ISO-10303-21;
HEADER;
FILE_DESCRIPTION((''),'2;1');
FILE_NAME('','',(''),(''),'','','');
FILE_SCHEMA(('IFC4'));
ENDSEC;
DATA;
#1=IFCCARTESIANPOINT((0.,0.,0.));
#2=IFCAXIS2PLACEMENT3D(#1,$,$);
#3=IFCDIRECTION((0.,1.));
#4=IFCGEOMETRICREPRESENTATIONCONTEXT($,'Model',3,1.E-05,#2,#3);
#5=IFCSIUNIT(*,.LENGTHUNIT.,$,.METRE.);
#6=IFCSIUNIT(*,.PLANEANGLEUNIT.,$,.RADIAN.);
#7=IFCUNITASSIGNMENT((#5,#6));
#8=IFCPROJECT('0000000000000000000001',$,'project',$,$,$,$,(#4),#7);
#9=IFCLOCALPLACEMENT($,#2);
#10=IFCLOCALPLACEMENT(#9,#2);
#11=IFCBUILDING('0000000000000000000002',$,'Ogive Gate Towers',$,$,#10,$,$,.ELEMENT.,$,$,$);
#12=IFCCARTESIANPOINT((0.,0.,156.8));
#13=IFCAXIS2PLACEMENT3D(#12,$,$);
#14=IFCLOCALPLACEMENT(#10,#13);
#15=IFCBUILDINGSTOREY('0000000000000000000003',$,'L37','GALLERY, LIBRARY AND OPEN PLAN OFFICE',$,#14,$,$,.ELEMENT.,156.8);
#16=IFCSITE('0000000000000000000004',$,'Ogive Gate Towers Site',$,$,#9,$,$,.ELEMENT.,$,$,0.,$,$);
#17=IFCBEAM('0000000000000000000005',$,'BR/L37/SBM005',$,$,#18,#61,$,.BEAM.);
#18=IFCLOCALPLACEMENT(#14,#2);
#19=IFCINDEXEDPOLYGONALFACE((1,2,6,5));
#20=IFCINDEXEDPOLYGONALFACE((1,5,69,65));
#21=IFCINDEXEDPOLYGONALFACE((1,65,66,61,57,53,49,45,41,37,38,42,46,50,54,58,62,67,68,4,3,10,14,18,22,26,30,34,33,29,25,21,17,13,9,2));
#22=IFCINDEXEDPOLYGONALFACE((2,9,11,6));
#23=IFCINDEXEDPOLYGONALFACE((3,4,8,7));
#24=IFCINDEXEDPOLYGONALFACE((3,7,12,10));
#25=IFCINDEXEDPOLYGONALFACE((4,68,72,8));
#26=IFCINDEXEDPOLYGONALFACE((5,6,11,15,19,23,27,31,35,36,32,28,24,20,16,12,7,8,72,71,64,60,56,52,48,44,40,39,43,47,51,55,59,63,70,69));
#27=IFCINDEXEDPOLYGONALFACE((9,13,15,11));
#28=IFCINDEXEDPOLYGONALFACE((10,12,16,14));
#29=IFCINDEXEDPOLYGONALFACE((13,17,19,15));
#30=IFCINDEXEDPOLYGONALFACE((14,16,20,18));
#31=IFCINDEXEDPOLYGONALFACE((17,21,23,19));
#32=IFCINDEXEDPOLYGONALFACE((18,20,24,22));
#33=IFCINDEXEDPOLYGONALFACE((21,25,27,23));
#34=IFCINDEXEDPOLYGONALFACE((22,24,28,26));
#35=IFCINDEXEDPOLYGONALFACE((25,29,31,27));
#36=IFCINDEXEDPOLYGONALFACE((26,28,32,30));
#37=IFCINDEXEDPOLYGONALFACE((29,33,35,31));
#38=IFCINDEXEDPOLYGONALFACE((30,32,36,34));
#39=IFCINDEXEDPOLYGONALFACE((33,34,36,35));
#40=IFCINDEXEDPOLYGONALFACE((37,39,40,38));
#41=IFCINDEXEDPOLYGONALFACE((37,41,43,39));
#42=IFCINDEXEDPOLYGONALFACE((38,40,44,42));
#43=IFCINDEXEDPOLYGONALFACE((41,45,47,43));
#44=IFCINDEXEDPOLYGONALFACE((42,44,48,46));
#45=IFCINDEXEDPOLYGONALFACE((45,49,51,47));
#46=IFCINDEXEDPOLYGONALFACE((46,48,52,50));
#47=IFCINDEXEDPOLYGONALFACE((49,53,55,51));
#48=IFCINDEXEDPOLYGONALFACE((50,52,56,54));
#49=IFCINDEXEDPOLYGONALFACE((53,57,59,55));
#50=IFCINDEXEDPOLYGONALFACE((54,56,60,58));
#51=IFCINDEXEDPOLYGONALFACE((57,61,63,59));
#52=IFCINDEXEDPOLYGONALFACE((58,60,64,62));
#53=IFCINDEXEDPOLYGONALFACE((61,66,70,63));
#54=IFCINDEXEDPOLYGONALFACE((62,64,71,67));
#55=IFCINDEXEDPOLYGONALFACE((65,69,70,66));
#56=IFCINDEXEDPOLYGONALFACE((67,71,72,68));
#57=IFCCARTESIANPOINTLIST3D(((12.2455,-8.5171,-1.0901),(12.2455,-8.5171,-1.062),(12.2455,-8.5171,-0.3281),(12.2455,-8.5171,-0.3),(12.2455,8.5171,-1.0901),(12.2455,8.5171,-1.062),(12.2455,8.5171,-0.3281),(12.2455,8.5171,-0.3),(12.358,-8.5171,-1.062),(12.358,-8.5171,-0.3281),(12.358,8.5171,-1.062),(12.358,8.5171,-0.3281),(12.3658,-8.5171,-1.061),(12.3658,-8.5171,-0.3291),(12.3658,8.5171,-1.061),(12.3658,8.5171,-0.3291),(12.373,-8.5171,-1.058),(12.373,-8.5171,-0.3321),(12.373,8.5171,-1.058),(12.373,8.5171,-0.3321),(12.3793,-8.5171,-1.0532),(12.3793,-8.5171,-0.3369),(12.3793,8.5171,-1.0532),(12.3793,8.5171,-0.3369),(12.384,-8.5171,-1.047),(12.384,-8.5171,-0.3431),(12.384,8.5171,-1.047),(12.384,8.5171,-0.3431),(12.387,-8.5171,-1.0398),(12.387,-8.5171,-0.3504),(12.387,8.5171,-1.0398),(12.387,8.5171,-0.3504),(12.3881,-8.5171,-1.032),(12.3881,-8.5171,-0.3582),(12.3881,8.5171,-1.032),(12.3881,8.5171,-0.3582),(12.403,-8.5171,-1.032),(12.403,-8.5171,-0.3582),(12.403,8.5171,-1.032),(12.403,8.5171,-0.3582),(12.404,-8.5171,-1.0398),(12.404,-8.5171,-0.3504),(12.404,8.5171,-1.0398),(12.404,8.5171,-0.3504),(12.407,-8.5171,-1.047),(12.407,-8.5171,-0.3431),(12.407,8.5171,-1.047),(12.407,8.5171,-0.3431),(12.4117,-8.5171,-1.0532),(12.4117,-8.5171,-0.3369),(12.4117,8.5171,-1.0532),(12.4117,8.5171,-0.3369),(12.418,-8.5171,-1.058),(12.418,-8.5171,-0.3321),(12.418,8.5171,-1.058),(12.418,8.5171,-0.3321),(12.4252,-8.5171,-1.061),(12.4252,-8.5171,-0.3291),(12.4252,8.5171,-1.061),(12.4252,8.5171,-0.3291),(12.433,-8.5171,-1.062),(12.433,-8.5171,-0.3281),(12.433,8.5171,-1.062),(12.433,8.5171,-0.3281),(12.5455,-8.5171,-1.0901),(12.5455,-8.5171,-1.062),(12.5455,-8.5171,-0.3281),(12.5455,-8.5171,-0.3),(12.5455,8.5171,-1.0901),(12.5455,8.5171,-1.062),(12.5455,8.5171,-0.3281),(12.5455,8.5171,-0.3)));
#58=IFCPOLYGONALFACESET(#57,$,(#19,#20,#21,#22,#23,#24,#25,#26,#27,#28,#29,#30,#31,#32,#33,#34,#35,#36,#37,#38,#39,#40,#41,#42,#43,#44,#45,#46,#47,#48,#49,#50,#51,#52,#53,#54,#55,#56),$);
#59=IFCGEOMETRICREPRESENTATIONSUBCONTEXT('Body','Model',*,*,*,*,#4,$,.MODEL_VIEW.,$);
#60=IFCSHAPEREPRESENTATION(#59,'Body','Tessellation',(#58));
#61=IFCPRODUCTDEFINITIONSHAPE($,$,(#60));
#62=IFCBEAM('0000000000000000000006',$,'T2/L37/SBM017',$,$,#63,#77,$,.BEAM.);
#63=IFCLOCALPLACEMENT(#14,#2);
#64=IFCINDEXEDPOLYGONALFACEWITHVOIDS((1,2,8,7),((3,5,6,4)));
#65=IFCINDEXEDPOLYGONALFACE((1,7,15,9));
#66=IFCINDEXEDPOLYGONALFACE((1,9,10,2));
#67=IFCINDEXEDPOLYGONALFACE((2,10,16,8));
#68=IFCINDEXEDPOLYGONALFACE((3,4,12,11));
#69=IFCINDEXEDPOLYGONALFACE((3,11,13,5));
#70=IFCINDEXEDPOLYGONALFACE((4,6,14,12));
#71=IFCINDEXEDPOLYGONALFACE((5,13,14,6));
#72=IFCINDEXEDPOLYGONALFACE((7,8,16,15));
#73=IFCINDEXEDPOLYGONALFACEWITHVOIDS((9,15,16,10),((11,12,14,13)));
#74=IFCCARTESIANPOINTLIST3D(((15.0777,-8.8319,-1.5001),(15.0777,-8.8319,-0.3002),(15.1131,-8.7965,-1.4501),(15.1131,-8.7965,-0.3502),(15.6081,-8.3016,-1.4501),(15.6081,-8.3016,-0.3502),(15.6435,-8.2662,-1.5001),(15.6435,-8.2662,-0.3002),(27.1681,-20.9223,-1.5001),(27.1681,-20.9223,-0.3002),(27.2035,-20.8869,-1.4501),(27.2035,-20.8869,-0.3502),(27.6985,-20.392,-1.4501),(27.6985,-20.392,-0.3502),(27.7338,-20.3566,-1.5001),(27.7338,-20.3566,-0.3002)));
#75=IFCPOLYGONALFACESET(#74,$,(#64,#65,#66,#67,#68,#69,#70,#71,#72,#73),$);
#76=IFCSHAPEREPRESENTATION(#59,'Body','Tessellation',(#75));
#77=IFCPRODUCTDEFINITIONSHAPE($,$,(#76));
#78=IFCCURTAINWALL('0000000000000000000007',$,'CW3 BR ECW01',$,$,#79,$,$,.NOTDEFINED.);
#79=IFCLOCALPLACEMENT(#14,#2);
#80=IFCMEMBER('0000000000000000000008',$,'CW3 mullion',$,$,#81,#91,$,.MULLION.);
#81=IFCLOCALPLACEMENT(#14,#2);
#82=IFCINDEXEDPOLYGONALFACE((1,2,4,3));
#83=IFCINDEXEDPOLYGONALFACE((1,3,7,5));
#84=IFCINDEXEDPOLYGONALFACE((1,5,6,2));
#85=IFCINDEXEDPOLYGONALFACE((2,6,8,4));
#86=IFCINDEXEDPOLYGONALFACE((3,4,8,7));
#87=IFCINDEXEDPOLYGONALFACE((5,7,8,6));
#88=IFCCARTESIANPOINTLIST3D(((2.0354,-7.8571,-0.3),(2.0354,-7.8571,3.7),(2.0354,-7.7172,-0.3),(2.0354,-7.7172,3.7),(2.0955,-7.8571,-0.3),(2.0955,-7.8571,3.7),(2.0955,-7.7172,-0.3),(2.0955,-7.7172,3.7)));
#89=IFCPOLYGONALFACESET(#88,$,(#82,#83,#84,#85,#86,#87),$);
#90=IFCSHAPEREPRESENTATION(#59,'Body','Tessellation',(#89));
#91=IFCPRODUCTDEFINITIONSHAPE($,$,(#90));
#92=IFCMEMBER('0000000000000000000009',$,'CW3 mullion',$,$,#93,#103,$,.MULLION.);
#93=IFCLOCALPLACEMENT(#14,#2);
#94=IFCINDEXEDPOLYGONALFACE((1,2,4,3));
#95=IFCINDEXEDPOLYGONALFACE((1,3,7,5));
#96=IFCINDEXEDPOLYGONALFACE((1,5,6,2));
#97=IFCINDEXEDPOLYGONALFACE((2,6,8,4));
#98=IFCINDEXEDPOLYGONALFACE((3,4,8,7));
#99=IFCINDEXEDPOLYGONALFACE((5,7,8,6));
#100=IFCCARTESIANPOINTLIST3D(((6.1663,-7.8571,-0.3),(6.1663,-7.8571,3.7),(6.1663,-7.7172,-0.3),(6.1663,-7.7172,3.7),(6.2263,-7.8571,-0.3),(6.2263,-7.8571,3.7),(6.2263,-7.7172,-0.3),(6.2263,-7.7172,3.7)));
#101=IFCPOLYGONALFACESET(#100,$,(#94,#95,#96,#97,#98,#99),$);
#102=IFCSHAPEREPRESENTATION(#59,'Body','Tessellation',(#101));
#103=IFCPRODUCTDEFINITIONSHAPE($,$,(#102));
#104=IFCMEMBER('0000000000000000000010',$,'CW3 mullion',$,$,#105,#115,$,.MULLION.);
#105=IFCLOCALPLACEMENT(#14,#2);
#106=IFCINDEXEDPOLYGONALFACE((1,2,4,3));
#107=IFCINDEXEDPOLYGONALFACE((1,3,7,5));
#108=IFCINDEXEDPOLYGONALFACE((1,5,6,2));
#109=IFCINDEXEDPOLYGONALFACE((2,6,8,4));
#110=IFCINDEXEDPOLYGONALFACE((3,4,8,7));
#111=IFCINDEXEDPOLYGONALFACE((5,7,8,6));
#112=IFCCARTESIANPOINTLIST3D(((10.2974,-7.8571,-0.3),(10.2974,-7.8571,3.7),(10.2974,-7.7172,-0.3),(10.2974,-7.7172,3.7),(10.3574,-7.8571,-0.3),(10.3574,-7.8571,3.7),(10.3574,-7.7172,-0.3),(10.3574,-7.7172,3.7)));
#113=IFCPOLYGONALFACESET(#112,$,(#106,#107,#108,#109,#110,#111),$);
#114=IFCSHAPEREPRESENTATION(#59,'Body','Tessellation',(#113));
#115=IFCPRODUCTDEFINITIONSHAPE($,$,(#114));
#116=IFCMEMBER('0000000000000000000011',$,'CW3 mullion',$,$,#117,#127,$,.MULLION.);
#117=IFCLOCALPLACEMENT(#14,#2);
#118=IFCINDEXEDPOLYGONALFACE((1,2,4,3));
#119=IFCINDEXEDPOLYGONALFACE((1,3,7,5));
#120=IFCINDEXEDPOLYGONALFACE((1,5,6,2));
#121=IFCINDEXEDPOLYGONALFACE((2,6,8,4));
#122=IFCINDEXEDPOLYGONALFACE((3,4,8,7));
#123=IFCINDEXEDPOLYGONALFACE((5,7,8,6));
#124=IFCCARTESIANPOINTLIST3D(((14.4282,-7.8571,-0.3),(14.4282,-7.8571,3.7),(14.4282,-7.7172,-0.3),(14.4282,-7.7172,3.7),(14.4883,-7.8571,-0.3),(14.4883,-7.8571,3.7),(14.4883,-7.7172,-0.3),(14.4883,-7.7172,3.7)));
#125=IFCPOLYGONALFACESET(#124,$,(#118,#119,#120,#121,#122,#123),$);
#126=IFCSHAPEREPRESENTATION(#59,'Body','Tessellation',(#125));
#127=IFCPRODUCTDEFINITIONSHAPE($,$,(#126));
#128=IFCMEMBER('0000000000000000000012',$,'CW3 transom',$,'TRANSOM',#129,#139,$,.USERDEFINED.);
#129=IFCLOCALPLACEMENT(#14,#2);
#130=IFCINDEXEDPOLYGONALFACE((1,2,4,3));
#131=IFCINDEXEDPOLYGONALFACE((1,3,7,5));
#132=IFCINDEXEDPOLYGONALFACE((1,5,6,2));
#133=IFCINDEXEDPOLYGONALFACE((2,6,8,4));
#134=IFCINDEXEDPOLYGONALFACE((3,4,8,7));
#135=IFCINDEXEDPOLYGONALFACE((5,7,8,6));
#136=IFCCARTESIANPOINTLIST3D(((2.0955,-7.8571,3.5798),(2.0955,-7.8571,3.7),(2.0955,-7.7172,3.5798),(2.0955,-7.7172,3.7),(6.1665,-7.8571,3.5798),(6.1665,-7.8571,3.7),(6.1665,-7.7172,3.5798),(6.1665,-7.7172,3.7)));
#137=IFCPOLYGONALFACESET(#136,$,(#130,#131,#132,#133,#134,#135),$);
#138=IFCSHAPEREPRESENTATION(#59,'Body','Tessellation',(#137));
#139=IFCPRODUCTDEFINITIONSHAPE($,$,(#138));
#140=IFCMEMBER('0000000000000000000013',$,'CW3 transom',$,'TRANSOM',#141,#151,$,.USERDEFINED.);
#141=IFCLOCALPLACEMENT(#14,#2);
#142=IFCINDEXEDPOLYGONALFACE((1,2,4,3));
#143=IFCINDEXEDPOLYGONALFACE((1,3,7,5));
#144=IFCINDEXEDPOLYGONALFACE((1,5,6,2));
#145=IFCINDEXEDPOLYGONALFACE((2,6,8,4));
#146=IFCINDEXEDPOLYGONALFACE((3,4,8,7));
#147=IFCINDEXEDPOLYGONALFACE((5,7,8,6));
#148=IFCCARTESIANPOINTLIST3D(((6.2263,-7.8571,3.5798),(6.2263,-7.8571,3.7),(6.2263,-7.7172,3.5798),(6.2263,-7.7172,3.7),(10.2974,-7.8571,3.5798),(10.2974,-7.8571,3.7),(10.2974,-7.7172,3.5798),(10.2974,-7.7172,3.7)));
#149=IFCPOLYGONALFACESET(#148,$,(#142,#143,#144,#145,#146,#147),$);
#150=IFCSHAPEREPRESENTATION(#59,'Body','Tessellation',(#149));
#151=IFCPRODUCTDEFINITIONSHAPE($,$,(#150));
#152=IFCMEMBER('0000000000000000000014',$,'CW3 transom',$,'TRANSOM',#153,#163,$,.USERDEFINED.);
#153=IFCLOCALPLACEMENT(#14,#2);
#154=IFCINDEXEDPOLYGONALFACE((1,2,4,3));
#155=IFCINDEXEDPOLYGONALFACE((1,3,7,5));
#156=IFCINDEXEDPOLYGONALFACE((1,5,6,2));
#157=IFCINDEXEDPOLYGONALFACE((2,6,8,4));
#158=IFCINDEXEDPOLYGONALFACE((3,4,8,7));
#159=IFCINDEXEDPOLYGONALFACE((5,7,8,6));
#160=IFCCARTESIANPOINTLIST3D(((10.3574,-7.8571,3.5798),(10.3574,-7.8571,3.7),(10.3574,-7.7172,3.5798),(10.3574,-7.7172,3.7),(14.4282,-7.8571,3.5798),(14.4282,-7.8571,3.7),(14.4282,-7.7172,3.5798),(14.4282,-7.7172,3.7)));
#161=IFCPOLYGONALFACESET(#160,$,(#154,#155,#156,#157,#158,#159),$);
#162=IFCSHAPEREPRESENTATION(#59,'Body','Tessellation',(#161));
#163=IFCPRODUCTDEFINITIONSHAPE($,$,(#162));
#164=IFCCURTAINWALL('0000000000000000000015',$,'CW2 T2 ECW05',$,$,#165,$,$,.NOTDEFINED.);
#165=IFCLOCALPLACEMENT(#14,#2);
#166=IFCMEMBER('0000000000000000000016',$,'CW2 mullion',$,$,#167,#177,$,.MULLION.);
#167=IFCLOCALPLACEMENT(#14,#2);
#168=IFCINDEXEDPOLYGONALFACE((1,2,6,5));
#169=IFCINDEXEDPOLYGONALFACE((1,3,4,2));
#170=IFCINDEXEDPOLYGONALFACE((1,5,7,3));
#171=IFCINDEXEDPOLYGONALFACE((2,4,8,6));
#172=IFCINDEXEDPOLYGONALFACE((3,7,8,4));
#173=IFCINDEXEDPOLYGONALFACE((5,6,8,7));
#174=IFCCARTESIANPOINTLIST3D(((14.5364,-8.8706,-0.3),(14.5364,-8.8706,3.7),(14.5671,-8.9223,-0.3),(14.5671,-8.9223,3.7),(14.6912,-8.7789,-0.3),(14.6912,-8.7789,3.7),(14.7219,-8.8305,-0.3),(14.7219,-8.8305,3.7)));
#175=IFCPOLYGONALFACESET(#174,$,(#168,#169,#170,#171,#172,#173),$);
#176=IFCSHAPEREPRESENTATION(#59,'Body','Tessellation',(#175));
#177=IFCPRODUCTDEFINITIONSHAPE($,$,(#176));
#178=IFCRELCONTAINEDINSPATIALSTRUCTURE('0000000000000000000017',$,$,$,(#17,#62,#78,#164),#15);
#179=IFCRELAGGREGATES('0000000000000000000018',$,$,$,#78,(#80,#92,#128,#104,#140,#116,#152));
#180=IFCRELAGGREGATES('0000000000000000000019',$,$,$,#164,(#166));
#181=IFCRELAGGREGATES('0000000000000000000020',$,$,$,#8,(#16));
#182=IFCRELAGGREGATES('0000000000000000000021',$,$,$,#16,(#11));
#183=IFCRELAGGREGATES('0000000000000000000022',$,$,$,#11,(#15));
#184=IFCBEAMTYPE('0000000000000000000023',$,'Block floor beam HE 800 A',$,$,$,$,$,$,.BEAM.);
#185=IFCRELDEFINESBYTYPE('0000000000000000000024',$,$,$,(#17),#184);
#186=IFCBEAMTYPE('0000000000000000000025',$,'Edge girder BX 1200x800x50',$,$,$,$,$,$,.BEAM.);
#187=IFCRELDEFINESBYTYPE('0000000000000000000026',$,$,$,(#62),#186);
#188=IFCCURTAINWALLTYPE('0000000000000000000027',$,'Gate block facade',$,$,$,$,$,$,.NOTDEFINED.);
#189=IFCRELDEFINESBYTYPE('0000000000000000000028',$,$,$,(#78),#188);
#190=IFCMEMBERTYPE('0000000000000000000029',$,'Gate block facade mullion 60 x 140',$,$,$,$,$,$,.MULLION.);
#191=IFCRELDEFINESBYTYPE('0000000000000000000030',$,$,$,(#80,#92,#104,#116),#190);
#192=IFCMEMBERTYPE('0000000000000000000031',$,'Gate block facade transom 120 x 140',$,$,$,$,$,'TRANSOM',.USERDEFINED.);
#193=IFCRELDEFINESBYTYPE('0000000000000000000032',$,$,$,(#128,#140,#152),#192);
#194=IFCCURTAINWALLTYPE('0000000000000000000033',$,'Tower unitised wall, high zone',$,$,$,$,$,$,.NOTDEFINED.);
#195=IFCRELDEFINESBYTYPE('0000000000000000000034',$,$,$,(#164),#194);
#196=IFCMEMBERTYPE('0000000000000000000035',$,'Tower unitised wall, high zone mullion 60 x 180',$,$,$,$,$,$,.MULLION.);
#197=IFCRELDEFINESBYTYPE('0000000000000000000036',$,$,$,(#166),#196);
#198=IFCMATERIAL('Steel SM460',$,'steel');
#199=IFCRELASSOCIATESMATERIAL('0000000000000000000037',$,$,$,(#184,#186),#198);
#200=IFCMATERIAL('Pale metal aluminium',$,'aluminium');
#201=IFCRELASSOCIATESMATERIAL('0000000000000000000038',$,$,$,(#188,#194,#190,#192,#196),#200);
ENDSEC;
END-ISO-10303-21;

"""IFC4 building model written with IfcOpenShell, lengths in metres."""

from ifc_helpers import new_model, si_unit, direction, frame, origin, origin_2d, place, context, subcontext, project, spatial, rectangle, hollow_rectangle, i_section, extrude, material, material_profile, profile_set, type_object, element, aggregate, save


model = new_model("IFC4")

# Units and contexts
model_context = context("Model", 3, precision=1e-05, world=origin(), true_north=direction((0.0, 1.0)))
body_context = subcontext(model_context, "Body", "Model", "MODEL_VIEW")
ifc_project = project(units=[si_unit("LENGTHUNIT", "METRE"), si_unit("PLANEANGLEUNIT", "RADIAN")], contexts=[model_context])

# Site, building, storey
site_placement = place(None, origin())
site = spatial("IfcSite", under=ifc_project, at=site_placement, Name="Ogive Gate Towers Site", CompositionType="ELEMENT", RefElevation=0.0)
building_placement = place(site_placement, origin())
building = spatial("IfcBuilding", under=site, at=building_placement, Name="Ogive Gate Towers", CompositionType="ELEMENT")
storey_placement = place(building_placement, frame((0.0, 0.0, 156.8)))
storey = spatial("IfcBuildingStorey", under=building, at=storey_placement, Name="L37", Description="GALLERY, LIBRARY AND OPEN PLAN OFFICE", CompositionType="ELEMENT", Elevation=156.8)

# Shared definitions
ifc_material_1 = material(Name="Steel SM460", Category="steel")

# Beams
ifc_material_profile_1 = material_profile(ifc_material_1, i_section(OverallWidth=0.3, OverallDepth=0.79, WebThickness=0.0149, FlangeThickness=0.0281, FilletRadius=0.03, at=origin_2d()), Name="HE 800 A")
ifc_profile_set_1 = profile_set([ifc_material_profile_1], Name="Steel SM460")
beam_type_1 = type_object("IfcBeamType", Name="Block floor beam HE 800 A", PredefinedType="BEAM", material=ifc_profile_set_1)
for number, where, z_axis, x_axis, name in (
    (1, (12.3955, -8.5171, -0.6951), (0.0, 1.0, 0.0), (-1.0, 0.0, 0.0), "BR/L37/SBM005"),
):
    element("IfcBeam", number, at=place(storey_placement, frame(where, z_axis=z_axis, x_axis=x_axis)), inside=storey, type_object=beam_type_1, Name=name, PredefinedType="BEAM", context=body_context, shape_type="SweptSolid", body=[
        extrude(i_section(OverallWidth=0.3, OverallDepth=0.79, WebThickness=0.0149, FlangeThickness=0.0281, FilletRadius=0.03, at=origin_2d()), origin(), (0.0, 0.0, 1.0), 17.0342),
    ])
ifc_material_profile_2 = material_profile(ifc_material_1, hollow_rectangle(XDim=0.8, YDim=1.2, WallThickness=0.05, at=origin_2d()), Name="BX 1200x800x50")
ifc_profile_set_2 = profile_set([ifc_material_profile_2], Name="Steel SM460")
beam_type_2 = type_object("IfcBeamType", Name="Edge girder BX 1200x800x50", PredefinedType="BEAM", material=ifc_profile_set_2)
beam_placement = place(storey_placement, frame((15.3606, -8.5491, -0.9001), z_axis=(0.707107, -0.707107, 0.0), x_axis=(0.707107, 0.707107, 0.0)))
element("IfcBeam", 2, at=beam_placement, inside=storey, type_object=beam_type_2, Name="T2/L37/SBM017", PredefinedType="BEAM", context=body_context, shape_type="SweptSolid", body=[
    extrude(hollow_rectangle(XDim=0.8, YDim=1.2, WallThickness=0.05, at=origin_2d()), origin(), (0.0, 0.0, 1.0), 17.0984),
])

# Curtain walls, members
ifc_material_2 = material(Name="Pale metal aluminium", Category="aluminium")
curtain_wall_type_1 = type_object("IfcCurtainWallType", Name="Gate block facade", PredefinedType="NOTDEFINED", material=ifc_material_2)
curtain_wall_1_placement = place(storey_placement, origin())
curtain_wall_1 = element("IfcCurtainWall", 3, at=curtain_wall_1_placement, inside=storey, type_object=curtain_wall_type_1, Name="CW3 BR ECW01", PredefinedType="NOTDEFINED")
ifc_material_profile_3 = material_profile(ifc_material_2, rectangle(XDim=0.1399, YDim=0.0601, at=origin_2d()), Name="60 x 140 aluminium box")
ifc_profile_set_3 = profile_set([ifc_material_profile_3], Name="Pale metal aluminium")
member_type_1 = type_object("IfcMemberType", Name="Gate block facade mullion 60 x 140", PredefinedType="MULLION", material=ifc_profile_set_3)
member_1_placement = place(storey_placement, frame((2.0654, -7.7871, -0.3), z_axis=(0.0, 0.0, 1.0), x_axis=(0.0, -1.0, 0.0)))
member_1 = element("IfcMember", 4, at=member_1_placement, type_object=member_type_1, Name="CW3 mullion", PredefinedType="MULLION", context=body_context, shape_type="SweptSolid", body=[
    extrude(rectangle(XDim=0.1399, YDim=0.0601, at=origin_2d()), origin(), (0.0, 0.0, 1.0), 4.0),
])
member_2_placement = place(storey_placement, frame((6.1963, -7.7871, -0.3), z_axis=(0.0, 0.0, 1.0), x_axis=(0.0, -1.0, 0.0)))
member_2 = element("IfcMember", 5, at=member_2_placement, type_object=member_type_1, Name="CW3 mullion", PredefinedType="MULLION", context=body_context, shape_type="SweptSolid", body=[
    extrude(rectangle(XDim=0.1399, YDim=0.0601, at=origin_2d()), origin(), (0.0, 0.0, 1.0), 4.0),
])
member_3_placement = place(storey_placement, frame((10.3274, -7.7871, -0.3), z_axis=(0.0, 0.0, 1.0), x_axis=(0.0, -1.0, 0.0)))
member_3 = element("IfcMember", 6, at=member_3_placement, type_object=member_type_1, Name="CW3 mullion", PredefinedType="MULLION", context=body_context, shape_type="SweptSolid", body=[
    extrude(rectangle(XDim=0.1399, YDim=0.0601, at=origin_2d()), origin(), (0.0, 0.0, 1.0), 4.0),
])
member_4_placement = place(storey_placement, frame((14.4583, -7.7871, -0.3), z_axis=(0.0, 0.0, 1.0), x_axis=(0.0, -1.0, 0.0)))
member_4 = element("IfcMember", 7, at=member_4_placement, type_object=member_type_1, Name="CW3 mullion", PredefinedType="MULLION", context=body_context, shape_type="SweptSolid", body=[
    extrude(rectangle(XDim=0.1399, YDim=0.0601, at=origin_2d()), origin(), (0.0, 0.0, 1.0), 4.0),
])
ifc_material_profile_4 = material_profile(ifc_material_2, rectangle(XDim=0.1399, YDim=0.1201, at=origin_2d()), Name="120 x 140 aluminium box")
ifc_profile_set_4 = profile_set([ifc_material_profile_4], Name="Pale metal aluminium")
member_type_2 = type_object("IfcMemberType", Name="Gate block facade transom 120 x 140", ElementType="TRANSOM", PredefinedType="USERDEFINED", material=ifc_profile_set_4)
member_5_placement = place(storey_placement, frame((2.0955, -7.7871, 3.6399), z_axis=(1.0, 0.0, 0.0), x_axis=(0.0, 1.0, 0.0)))
member_5 = element("IfcMember", 8, at=member_5_placement, type_object=member_type_2, Name="CW3 transom", ObjectType="TRANSOM", PredefinedType="USERDEFINED", context=body_context, shape_type="SweptSolid", body=[
    extrude(rectangle(XDim=0.1399, YDim=0.1201, at=origin_2d()), origin(), (0.0, 0.0, 1.0), 4.071),
])
member_6_placement = place(storey_placement, frame((6.2263, -7.7871, 3.6399), z_axis=(1.0, 0.0, 0.0), x_axis=(0.0, 1.0, 0.0)))
member_6 = element("IfcMember", 9, at=member_6_placement, type_object=member_type_2, Name="CW3 transom", ObjectType="TRANSOM", PredefinedType="USERDEFINED", context=body_context, shape_type="SweptSolid", body=[
    extrude(rectangle(XDim=0.1399, YDim=0.1201, at=origin_2d()), origin(), (0.0, 0.0, 1.0), 4.071),
])
member_7_placement = place(storey_placement, frame((10.3574, -7.7871, 3.6399), z_axis=(1.0, 0.0, 0.0), x_axis=(0.0, 1.0, 0.0)))
member_7 = element("IfcMember", 10, at=member_7_placement, type_object=member_type_2, Name="CW3 transom", ObjectType="TRANSOM", PredefinedType="USERDEFINED", context=body_context, shape_type="SweptSolid", body=[
    extrude(rectangle(XDim=0.1399, YDim=0.1201, at=origin_2d()), origin(), (0.0, 0.0, 1.0), 4.0708),
])
curtain_wall_type_2 = type_object("IfcCurtainWallType", Name="Tower unitised wall, high zone", PredefinedType="NOTDEFINED", material=ifc_material_2)
curtain_wall_2_placement = place(storey_placement, origin())
curtain_wall_2 = element("IfcCurtainWall", 11, at=curtain_wall_2_placement, inside=storey, type_object=curtain_wall_type_2, Name="CW2 T2 ECW05", PredefinedType="NOTDEFINED")
ifc_material_profile_5 = material_profile(ifc_material_2, rectangle(XDim=0.1799, YDim=0.0601, at=origin_2d()), Name="60 x 180 aluminium box")
ifc_profile_set_5 = profile_set([ifc_material_profile_5], Name="Pale metal aluminium")
member_type_3 = type_object("IfcMemberType", Name="Tower unitised wall, high zone mullion 60 x 180", PredefinedType="MULLION", material=ifc_profile_set_5)
member_8_placement = place(storey_placement, frame((14.6292, -8.8506, -0.3), z_axis=(0.0, 0.0, 1.0), x_axis=(-0.860208, -0.509943, 0.0)))
member_8 = element("IfcMember", 12, at=member_8_placement, type_object=member_type_3, Name="CW2 mullion", PredefinedType="MULLION", context=body_context, shape_type="SweptSolid", body=[
    extrude(rectangle(XDim=0.1799, YDim=0.0601, at=origin_2d()), origin(), (0.0, 0.0, 1.0), 4.0),
])

aggregate(curtain_wall_1, [member_1, member_2, member_5, member_3, member_6, member_4, member_7])
aggregate(curtain_wall_2, [member_8])

save(model, "model.ifc")
